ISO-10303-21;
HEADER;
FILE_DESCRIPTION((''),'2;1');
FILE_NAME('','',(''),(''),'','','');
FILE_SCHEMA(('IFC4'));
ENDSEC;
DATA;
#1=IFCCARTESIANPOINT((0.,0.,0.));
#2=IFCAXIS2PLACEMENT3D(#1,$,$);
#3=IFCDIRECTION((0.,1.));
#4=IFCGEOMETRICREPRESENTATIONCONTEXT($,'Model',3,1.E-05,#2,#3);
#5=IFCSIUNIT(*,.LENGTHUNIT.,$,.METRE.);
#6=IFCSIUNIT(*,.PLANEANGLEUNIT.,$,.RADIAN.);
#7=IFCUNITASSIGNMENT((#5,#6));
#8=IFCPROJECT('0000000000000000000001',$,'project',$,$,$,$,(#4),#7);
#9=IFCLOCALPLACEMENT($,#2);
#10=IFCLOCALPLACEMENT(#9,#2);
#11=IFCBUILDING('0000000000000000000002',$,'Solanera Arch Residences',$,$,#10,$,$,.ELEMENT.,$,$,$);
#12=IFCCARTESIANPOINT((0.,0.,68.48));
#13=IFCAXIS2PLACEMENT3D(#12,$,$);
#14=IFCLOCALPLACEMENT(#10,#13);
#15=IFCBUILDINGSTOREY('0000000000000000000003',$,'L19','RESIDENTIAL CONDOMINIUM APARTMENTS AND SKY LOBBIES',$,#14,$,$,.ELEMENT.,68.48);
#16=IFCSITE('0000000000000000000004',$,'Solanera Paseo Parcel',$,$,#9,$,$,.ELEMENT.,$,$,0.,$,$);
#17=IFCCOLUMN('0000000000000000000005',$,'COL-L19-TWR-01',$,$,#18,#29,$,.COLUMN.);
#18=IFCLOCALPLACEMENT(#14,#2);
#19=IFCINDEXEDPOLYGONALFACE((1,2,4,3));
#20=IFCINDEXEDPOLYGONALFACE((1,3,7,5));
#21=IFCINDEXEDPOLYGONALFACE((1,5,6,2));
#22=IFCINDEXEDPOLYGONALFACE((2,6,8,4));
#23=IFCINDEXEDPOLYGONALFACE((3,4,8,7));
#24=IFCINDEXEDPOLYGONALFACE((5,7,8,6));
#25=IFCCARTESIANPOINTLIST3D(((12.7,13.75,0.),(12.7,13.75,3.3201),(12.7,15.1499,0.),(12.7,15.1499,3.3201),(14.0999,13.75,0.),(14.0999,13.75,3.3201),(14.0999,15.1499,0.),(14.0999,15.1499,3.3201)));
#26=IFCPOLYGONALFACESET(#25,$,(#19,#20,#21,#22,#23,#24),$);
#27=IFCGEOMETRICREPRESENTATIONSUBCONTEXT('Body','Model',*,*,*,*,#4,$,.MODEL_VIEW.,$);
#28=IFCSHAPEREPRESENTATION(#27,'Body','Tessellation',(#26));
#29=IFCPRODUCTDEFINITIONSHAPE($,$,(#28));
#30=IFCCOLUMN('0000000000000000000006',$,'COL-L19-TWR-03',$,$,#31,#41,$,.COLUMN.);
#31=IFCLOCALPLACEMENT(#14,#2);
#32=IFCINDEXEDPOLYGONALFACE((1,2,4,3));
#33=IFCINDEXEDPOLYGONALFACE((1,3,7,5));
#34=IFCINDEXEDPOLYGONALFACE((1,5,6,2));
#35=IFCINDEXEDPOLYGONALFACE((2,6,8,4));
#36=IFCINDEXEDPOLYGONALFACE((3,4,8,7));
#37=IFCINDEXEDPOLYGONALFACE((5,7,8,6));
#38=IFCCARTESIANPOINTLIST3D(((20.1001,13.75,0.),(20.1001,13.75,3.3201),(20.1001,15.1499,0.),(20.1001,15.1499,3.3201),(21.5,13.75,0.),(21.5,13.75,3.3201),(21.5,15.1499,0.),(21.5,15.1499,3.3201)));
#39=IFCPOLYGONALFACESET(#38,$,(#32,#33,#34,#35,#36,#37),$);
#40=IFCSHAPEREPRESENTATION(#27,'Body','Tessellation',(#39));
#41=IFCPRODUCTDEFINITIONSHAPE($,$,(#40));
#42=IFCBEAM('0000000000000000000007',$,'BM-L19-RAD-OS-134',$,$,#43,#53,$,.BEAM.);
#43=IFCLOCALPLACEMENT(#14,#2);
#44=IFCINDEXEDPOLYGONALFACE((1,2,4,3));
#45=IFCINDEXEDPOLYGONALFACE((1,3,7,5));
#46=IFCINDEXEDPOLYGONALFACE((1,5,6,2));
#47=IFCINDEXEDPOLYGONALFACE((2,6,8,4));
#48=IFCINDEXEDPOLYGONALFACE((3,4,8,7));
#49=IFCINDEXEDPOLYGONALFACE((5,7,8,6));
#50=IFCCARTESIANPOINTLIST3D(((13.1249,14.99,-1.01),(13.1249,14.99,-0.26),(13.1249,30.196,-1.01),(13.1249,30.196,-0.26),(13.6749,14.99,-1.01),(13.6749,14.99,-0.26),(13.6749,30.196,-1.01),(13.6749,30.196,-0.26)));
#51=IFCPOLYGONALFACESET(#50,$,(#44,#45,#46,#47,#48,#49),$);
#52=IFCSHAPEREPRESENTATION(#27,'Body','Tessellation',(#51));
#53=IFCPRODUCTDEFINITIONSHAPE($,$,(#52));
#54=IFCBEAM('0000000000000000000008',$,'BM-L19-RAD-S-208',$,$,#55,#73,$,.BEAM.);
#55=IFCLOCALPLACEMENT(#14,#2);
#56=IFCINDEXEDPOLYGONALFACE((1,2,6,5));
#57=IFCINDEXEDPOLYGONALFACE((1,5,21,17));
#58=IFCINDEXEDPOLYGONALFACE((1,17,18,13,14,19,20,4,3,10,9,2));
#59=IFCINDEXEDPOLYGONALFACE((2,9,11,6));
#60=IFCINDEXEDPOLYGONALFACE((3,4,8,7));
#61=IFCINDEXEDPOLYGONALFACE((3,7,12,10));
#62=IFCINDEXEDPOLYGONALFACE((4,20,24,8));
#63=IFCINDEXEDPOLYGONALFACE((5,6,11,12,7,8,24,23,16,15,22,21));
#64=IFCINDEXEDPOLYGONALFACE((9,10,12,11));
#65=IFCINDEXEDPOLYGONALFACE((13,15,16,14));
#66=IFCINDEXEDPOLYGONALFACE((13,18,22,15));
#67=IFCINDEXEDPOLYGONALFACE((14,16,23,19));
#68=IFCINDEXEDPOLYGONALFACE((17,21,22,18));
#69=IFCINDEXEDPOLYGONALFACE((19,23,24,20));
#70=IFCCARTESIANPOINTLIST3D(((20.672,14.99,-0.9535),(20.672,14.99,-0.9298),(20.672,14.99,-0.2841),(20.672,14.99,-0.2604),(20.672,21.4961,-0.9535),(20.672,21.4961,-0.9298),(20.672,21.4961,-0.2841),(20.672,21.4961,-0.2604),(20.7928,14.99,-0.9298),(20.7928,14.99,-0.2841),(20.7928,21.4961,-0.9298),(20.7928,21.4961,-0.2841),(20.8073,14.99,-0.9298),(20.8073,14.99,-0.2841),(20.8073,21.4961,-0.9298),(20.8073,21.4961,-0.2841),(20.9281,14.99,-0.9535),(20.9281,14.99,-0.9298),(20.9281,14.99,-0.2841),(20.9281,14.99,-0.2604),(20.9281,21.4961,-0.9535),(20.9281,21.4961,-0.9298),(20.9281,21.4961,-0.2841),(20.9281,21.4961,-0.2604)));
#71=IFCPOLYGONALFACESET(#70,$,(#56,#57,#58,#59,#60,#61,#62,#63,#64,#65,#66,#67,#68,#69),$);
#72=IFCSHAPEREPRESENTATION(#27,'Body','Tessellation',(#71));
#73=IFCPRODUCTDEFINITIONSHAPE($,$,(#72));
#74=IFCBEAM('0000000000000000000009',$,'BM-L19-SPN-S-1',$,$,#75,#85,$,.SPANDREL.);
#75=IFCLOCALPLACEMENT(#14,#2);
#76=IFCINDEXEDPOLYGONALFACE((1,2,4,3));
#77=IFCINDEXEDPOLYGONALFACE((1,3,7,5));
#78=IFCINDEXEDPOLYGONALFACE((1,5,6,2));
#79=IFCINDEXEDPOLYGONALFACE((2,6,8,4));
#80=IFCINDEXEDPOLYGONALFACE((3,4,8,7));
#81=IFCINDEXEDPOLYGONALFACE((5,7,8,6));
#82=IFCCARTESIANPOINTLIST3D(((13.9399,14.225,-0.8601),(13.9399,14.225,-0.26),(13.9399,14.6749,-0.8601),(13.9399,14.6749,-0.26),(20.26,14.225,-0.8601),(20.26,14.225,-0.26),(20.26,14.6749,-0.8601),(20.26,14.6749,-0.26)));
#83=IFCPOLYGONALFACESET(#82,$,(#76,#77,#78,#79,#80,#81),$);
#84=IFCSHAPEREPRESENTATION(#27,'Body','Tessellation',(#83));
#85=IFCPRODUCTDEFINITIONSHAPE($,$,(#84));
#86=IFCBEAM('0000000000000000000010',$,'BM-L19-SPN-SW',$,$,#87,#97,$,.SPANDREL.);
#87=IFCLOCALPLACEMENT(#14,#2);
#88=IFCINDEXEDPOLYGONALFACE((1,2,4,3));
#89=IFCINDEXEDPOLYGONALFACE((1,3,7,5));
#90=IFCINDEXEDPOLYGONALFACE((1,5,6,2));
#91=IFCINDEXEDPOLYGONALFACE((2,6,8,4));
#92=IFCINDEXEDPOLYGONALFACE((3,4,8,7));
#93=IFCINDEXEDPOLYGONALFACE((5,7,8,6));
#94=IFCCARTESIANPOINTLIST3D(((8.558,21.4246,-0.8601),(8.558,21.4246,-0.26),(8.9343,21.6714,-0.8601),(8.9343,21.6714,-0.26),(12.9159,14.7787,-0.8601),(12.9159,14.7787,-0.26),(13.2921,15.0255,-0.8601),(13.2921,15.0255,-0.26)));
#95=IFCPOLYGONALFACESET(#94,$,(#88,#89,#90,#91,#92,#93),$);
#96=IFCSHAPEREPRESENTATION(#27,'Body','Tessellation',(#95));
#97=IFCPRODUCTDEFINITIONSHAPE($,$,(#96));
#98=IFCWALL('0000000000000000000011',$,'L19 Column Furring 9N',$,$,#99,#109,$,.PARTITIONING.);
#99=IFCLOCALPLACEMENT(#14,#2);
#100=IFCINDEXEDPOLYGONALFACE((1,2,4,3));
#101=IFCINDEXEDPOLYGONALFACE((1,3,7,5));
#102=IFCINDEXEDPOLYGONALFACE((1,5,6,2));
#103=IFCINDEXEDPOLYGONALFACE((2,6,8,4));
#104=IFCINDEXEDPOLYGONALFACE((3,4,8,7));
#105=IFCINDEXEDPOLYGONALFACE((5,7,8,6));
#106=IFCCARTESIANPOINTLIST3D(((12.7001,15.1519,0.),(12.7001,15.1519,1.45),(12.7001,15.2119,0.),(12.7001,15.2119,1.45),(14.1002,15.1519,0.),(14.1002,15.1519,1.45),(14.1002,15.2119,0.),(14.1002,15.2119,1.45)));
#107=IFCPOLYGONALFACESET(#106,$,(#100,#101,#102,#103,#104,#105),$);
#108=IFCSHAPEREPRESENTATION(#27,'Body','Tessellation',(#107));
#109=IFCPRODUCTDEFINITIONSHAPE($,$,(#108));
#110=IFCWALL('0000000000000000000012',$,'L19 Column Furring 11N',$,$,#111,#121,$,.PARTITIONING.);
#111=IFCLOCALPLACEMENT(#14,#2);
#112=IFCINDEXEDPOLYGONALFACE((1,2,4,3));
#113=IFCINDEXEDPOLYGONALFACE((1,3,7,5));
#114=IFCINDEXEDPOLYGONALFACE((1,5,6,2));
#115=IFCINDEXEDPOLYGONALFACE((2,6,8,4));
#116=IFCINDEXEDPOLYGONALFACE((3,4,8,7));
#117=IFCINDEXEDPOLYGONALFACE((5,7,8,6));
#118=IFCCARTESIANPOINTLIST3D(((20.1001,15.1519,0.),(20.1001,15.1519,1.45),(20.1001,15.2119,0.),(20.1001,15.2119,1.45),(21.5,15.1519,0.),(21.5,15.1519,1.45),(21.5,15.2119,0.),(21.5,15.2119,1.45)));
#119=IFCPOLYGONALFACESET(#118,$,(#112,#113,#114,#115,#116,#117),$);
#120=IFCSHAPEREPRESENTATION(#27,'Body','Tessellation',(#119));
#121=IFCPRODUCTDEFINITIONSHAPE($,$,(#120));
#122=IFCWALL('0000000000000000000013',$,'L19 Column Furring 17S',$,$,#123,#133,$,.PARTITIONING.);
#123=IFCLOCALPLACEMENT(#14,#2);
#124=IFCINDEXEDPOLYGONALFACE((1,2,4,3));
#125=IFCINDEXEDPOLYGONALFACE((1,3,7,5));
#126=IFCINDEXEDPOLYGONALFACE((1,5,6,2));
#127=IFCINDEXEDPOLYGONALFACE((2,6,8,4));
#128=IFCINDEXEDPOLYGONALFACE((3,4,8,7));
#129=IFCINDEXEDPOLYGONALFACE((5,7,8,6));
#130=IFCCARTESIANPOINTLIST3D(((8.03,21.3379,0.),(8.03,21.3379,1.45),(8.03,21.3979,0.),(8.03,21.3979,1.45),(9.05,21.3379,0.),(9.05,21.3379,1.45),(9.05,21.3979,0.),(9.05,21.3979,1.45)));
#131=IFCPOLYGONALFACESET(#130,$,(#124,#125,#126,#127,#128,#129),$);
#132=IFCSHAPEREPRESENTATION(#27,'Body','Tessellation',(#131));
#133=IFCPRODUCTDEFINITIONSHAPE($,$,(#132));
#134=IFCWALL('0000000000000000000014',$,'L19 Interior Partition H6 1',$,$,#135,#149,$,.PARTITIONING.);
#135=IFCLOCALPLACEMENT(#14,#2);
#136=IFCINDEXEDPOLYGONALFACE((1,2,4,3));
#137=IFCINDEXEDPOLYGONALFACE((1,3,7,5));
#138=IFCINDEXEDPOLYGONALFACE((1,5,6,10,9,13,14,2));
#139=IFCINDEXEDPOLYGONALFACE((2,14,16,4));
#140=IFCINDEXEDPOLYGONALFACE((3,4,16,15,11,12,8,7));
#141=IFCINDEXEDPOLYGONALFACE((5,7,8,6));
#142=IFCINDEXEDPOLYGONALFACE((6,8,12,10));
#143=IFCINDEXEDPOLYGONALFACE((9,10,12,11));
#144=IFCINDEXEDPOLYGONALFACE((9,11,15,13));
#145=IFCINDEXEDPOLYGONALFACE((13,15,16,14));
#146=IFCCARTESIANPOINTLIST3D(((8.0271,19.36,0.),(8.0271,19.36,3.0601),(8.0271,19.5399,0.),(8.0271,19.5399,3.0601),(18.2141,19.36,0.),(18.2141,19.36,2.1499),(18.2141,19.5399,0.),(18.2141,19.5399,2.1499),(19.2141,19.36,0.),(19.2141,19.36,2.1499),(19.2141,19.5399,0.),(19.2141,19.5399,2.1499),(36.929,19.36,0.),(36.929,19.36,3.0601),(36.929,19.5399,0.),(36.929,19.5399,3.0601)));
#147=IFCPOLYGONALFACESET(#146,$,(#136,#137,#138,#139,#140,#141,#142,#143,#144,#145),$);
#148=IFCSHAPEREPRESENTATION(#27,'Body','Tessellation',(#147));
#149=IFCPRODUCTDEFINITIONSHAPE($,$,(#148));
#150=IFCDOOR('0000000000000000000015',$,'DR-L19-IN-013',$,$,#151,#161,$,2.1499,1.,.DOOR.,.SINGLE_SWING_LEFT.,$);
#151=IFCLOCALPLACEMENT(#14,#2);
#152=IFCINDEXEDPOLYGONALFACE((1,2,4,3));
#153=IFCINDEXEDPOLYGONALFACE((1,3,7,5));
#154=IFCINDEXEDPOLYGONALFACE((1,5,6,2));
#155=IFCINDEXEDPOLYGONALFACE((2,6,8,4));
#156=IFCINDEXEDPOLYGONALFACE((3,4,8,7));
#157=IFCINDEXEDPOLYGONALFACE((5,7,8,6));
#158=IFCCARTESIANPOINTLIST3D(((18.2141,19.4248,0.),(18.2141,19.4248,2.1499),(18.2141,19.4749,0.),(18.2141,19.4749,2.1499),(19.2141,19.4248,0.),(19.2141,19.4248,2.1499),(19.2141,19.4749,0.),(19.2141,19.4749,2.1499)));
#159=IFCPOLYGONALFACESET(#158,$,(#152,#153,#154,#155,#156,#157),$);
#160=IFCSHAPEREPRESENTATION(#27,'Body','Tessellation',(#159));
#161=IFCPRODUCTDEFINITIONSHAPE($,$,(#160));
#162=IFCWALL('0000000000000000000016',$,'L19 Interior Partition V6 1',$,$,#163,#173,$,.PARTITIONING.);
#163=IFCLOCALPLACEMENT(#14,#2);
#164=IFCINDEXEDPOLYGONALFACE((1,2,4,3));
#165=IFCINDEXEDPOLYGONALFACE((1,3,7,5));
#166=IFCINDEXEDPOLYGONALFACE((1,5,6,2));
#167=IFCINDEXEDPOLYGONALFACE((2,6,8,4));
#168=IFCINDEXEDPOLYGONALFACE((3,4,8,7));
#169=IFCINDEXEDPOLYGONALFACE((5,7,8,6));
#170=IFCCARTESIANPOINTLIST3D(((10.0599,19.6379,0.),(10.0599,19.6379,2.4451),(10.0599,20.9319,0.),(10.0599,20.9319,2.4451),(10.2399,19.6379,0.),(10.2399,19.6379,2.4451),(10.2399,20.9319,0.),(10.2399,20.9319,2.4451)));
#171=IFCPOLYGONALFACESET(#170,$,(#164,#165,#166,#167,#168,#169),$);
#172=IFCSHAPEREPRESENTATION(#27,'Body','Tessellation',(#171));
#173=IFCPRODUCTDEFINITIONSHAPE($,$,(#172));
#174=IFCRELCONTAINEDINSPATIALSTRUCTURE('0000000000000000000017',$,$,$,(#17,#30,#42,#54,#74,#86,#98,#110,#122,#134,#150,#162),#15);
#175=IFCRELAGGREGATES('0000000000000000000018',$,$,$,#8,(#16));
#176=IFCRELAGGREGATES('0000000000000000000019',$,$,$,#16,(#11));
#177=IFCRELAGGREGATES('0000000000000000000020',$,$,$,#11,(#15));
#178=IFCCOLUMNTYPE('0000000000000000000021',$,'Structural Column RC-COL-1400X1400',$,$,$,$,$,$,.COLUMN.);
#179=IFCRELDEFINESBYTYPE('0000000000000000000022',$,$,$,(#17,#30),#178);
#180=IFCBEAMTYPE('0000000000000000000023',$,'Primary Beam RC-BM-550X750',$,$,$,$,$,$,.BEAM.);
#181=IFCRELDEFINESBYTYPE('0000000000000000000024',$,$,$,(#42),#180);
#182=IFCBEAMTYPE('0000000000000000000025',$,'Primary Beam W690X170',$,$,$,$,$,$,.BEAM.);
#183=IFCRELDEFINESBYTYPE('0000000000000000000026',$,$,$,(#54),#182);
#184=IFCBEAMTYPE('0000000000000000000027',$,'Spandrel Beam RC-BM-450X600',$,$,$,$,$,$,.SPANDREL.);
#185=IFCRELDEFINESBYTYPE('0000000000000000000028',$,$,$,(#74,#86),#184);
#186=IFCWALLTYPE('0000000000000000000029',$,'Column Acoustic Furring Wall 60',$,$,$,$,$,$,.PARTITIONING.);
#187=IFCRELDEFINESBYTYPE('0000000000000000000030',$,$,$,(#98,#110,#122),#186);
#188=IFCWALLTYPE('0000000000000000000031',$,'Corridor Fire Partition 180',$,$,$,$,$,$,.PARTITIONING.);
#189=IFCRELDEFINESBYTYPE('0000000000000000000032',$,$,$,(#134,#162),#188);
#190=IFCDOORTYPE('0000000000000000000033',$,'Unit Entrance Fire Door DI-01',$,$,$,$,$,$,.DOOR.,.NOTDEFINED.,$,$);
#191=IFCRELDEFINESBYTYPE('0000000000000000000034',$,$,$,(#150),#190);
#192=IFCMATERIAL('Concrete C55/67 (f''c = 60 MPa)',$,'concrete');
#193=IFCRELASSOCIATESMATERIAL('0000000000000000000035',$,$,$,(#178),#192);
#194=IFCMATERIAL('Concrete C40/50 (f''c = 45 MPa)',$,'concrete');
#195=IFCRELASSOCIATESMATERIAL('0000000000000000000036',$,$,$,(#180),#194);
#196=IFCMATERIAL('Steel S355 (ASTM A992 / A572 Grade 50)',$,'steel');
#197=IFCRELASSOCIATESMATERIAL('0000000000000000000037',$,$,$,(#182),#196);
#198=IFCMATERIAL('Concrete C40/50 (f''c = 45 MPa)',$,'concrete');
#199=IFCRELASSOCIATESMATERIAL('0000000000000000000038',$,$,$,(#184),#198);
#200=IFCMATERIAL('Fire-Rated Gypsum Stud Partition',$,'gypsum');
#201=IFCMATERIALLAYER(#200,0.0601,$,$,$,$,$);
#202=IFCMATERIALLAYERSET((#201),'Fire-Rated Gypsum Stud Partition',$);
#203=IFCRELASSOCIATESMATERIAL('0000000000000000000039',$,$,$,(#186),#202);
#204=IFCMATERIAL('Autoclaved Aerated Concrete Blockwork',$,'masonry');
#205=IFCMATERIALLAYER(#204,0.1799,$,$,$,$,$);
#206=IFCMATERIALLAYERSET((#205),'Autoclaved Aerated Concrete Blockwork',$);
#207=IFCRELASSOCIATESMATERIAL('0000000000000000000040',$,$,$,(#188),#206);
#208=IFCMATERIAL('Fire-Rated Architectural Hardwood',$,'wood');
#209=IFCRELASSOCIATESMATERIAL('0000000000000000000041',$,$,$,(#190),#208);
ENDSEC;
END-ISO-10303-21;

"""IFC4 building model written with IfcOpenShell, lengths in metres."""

from ifc_helpers import new_model, si_unit, direction, frame, frame_2d, origin, origin_2d, place, context, subcontext, project, spatial, rectangle, i_section, extrude, material, layer, layer_set, material_profile, profile_set, type_object, element, fill, save


model = new_model("IFC4")

# Units and contexts
model_context = context("Model", 3, precision=1e-05, world=origin(), true_north=direction((0.0, 1.0)))
body_context = subcontext(model_context, "Body", "Model", "MODEL_VIEW")
ifc_project = project(units=[si_unit("LENGTHUNIT", "METRE"), si_unit("PLANEANGLEUNIT", "RADIAN")], contexts=[model_context])

# Site, building, storey
site_placement = place(None, origin())
site = spatial("IfcSite", under=ifc_project, at=site_placement, Name="Solanera Paseo Parcel", CompositionType="ELEMENT", RefElevation=0.0)
building_placement = place(site_placement, origin())
building = spatial("IfcBuilding", under=site, at=building_placement, Name="Solanera Arch Residences", CompositionType="ELEMENT")
storey_placement = place(building_placement, frame((0.0, 0.0, 68.48)))
storey = spatial("IfcBuildingStorey", under=building, at=storey_placement, Name="L19", Description="RESIDENTIAL CONDOMINIUM APARTMENTS AND SKY LOBBIES", CompositionType="ELEMENT", Elevation=68.48)

# Columns
ifc_material_1 = material(Name="Concrete C55/67 (f'c = 60 MPa)", Category="concrete")
ifc_material_profile_1 = material_profile(ifc_material_1, rectangle(XDim=1.3999, YDim=1.3999, at=origin_2d()))
ifc_profile_set_1 = profile_set([ifc_material_profile_1], Name="Concrete C55/67 (f'c = 60 MPa)")
column_type = type_object("IfcColumnType", Name="Structural Column RC-COL-1400X1400", PredefinedType="COLUMN", material=ifc_profile_set_1)
for number, where, z_axis, x_axis, name in (
    (1, (13.3999, 14.45, 0.0), (0.0, 0.0, 1.0), (1.0, 0.0, 0.0), "COL-L19-TWR-01"),
    (2, (20.8, 14.45, 0.0), (0.0, 0.0, 1.0), (1.0, 0.0, 0.0), "COL-L19-TWR-03"),
):
    element("IfcColumn", number, at=place(storey_placement, frame(where, z_axis=z_axis, x_axis=x_axis)), inside=storey, type_object=column_type, Name=name, PredefinedType="COLUMN", context=body_context, shape_type="SweptSolid", body=[
        extrude(rectangle(XDim=1.3999, YDim=1.3999, at=origin_2d()), origin(), (0.0, 0.0, 1.0), 3.3201),
    ])

# Beams
ifc_material_2 = material(Name="Concrete C40/50 (f'c = 45 MPa)", Category="concrete")
ifc_material_profile_2 = material_profile(ifc_material_2, rectangle(XDim=0.55, YDim=0.75, at=origin_2d()))
ifc_profile_set_2 = profile_set([ifc_material_profile_2], Name="Concrete C40/50 (f'c = 45 MPa)")
beam_type_1 = type_object("IfcBeamType", Name="Primary Beam RC-BM-550X750", PredefinedType="BEAM", material=ifc_profile_set_2)
beam_1_placement = place(storey_placement, frame((13.3999, 14.99, -0.635), z_axis=(0.0, 1.0, 0.0), x_axis=(-1.0, 0.0, 0.0)))
element("IfcBeam", 3, at=beam_1_placement, inside=storey, type_object=beam_type_1, Name="BM-L19-RAD-OS-134", PredefinedType="BEAM", context=body_context, shape_type="SweptSolid", body=[
    extrude(rectangle(XDim=0.55, YDim=0.75, at=origin_2d()), origin(), (0.0, 0.0, 1.0), 15.2061),
])
ifc_material_3 = material(Name="Steel S355 (ASTM A992 / A572 Grade 50)", Category="steel")
ifc_material_profile_3 = material_profile(ifc_material_3, i_section(OverallWidth=0.2561, OverallDepth=0.6931, WebThickness=0.0144, FlangeThickness=0.0237, at=origin_2d()))
ifc_profile_set_3 = profile_set([ifc_material_profile_3], Name="Steel S355 (ASTM A992 / A572 Grade 50)")
beam_type_2 = type_object("IfcBeamType", Name="Primary Beam W690X170", PredefinedType="BEAM", material=ifc_profile_set_3)
beam_2_placement = place(storey_placement, frame((20.8, 14.99, -0.6069), z_axis=(0.0, 1.0, 0.0), x_axis=(-1.0, 0.0, 0.0)))
element("IfcBeam", 4, at=beam_2_placement, inside=storey, type_object=beam_type_2, Name="BM-L19-RAD-S-208", PredefinedType="BEAM", context=body_context, shape_type="SweptSolid", body=[
    extrude(i_section(OverallWidth=0.2561, OverallDepth=0.6931, WebThickness=0.0144, FlangeThickness=0.0237, at=origin_2d()), origin(), (0.0, 0.0, 1.0), 6.5061),
])
ifc_material_4 = material(Name="Concrete C40/50 (f'c = 45 MPa)", Category="concrete")
ifc_material_profile_4 = material_profile(ifc_material_4, rectangle(XDim=0.45, YDim=0.6001, at=origin_2d()))
ifc_profile_set_4 = profile_set([ifc_material_profile_4], Name="Concrete C40/50 (f'c = 45 MPa)")
beam_type_3 = type_object("IfcBeamType", Name="Spandrel Beam RC-BM-450X600", PredefinedType="SPANDREL", material=ifc_profile_set_4)
beam_3_placement = place(storey_placement, frame((13.9399, 14.45, -0.5601), z_axis=(1.0, 0.0, 0.0), x_axis=(0.0, 1.0, 0.0)))
element("IfcBeam", 5, at=beam_3_placement, inside=storey, type_object=beam_type_3, Name="BM-L19-SPN-S-1", PredefinedType="SPANDREL", context=body_context, shape_type="SweptSolid", body=[
    extrude(rectangle(XDim=0.45, YDim=0.6001, at=origin_2d()), origin(), (0.0, 0.0, 1.0), 6.3201),
])
beam_4_placement = place(storey_placement, frame((13.104, 14.9021, -0.5601), z_axis=(-0.548346, 0.836251, 0.0), x_axis=(-0.836251, -0.548346, 0.0)))
element("IfcBeam", 6, at=beam_4_placement, inside=storey, type_object=beam_type_3, Name="BM-L19-SPN-SW", PredefinedType="SPANDREL", context=body_context, shape_type="SweptSolid", body=[
    extrude(rectangle(XDim=0.45, YDim=0.6001, at=origin_2d()), origin(), (0.0, 0.0, 1.0), 7.9473),
])

# Walls
ifc_material_5 = material(Name="Fire-Rated Gypsum Stud Partition", Category="gypsum")
ifc_layer_1 = layer(ifc_material_5, 0.0601)
ifc_layer_set_1 = layer_set([ifc_layer_1], Name="Fire-Rated Gypsum Stud Partition")
wall_type_1 = type_object("IfcWallType", Name="Column Acoustic Furring Wall 60", PredefinedType="PARTITIONING", material=ifc_layer_set_1)
wall_1_placement = place(storey_placement, frame((12.7, 15.1819, 0.0), z_axis=(0.0, 0.0, 1.0), x_axis=(1.0, 0.0, 0.0)))
element("IfcWall", 7, at=wall_1_placement, inside=storey, type_object=wall_type_1, Name="L19 Column Furring 9N", PredefinedType="PARTITIONING", context=body_context, shape_type="SweptSolid", body=[
    extrude(rectangle(XDim=1.4001, YDim=0.0601, at=frame_2d((0.7002, 0.0))), origin(), (0.0, 0.0, 1.0), 1.45),
])
wall_2_placement = place(storey_placement, frame((20.1001, 15.1819, 0.0), z_axis=(0.0, 0.0, 1.0), x_axis=(1.0, 0.0, 0.0)))
element("IfcWall", 8, at=wall_2_placement, inside=storey, type_object=wall_type_1, Name="L19 Column Furring 11N", PredefinedType="PARTITIONING", context=body_context, shape_type="SweptSolid", body=[
    extrude(rectangle(XDim=1.3999, YDim=0.0601, at=frame_2d((0.7, 0.0))), origin(), (0.0, 0.0, 1.0), 1.45),
])
wall_3_placement = place(storey_placement, frame((8.03, 21.3679, 0.0), z_axis=(0.0, 0.0, 1.0), x_axis=(1.0, 0.0, 0.0)))
element("IfcWall", 9, at=wall_3_placement, inside=storey, type_object=wall_type_1, Name="L19 Column Furring 17S", PredefinedType="PARTITIONING", context=body_context, shape_type="SweptSolid", body=[
    extrude(rectangle(XDim=1.02, YDim=0.0601, at=frame_2d((0.51, 0.0))), origin(), (0.0, 0.0, 1.0), 1.45),
])

# Wall, opening, door
ifc_material_6 = material(Name="Autoclaved Aerated Concrete Blockwork", Category="masonry")
ifc_layer_2 = layer(ifc_material_6, 0.1799)
ifc_layer_set_2 = layer_set([ifc_layer_2], Name="Autoclaved Aerated Concrete Blockwork")
wall_type_2 = type_object("IfcWallType", Name="Corridor Fire Partition 180", PredefinedType="PARTITIONING", material=ifc_layer_set_2)
wall_4_placement = place(storey_placement, frame((8.0271, 19.45, 0.0), z_axis=(0.0, 0.0, 1.0), x_axis=(1.0, 0.0, 0.0)))
wall_4 = element("IfcWall", 10, at=wall_4_placement, inside=storey, type_object=wall_type_2, Name="L19 Interior Partition H6 1", PredefinedType="PARTITIONING", context=body_context, shape_type="SweptSolid", body=[
    extrude(rectangle(XDim=28.9019, YDim=0.1799, at=frame_2d((14.4509, 0.0))), origin(), (0.0, 0.0, 1.0), 3.0601),
])
opening_1_placement = place(wall_4_placement, frame((10.187, 0.0, 0.0)))
opening_1 = element("IfcOpeningElement", 11, at=opening_1_placement, cuts=wall_4, PredefinedType="OPENING", context=body_context, shape_type="SweptSolid", body=[
    extrude(rectangle(XDim=1.0, YDim=2.1499, at=frame_2d((0.5, 1.075))), frame((0.0, 0.1001, 0.0), z_axis=(0.0, -1.0, 0.0), x_axis=(1.0, 0.0, 0.0)), (0.0, 0.0, 1.0), 0.1999),
])
ifc_material_7 = material(Name="Fire-Rated Architectural Hardwood", Category="wood")
door_type_1 = type_object("IfcDoorType", Name="Unit Entrance Fire Door DI-01", OperationType="NOTDEFINED", PredefinedType="DOOR", material=ifc_material_7)
door_1_placement = place(opening_1_placement, origin())
door_1 = element("IfcDoor", 12, at=door_1_placement, inside=storey, type_object=door_type_1, Name="DR-L19-IN-013", OperationType="SINGLE_SWING_LEFT", OverallHeight=2.1499, OverallWidth=1.0, PredefinedType="DOOR", context=body_context, shape_type="SweptSolid", body=[
    extrude(rectangle(XDim=1.0, YDim=2.1499, at=frame_2d((0.5, 1.075))), frame((0.0, 0.0249, 0.0), z_axis=(0.0, -1.0, 0.0), x_axis=(1.0, 0.0, 0.0)), (0.0, 0.0, 1.0), 0.05),
])
fill(opening_1, door_1)

# Wall
wall_5_placement = place(storey_placement, frame((10.1499, 19.6379, 0.0), z_axis=(0.0, 0.0, 1.0), x_axis=(0.0, 1.0, 0.0)))
element("IfcWall", 13, at=wall_5_placement, inside=storey, type_object=wall_type_2, Name="L19 Interior Partition V6 1", PredefinedType="PARTITIONING", context=body_context, shape_type="SweptSolid", body=[
    extrude(rectangle(XDim=1.2939, YDim=0.1799, at=frame_2d((0.647, 0.0))), origin(), (0.0, 0.0, 1.0), 2.4451),
])

save(model, "model.ifc")
